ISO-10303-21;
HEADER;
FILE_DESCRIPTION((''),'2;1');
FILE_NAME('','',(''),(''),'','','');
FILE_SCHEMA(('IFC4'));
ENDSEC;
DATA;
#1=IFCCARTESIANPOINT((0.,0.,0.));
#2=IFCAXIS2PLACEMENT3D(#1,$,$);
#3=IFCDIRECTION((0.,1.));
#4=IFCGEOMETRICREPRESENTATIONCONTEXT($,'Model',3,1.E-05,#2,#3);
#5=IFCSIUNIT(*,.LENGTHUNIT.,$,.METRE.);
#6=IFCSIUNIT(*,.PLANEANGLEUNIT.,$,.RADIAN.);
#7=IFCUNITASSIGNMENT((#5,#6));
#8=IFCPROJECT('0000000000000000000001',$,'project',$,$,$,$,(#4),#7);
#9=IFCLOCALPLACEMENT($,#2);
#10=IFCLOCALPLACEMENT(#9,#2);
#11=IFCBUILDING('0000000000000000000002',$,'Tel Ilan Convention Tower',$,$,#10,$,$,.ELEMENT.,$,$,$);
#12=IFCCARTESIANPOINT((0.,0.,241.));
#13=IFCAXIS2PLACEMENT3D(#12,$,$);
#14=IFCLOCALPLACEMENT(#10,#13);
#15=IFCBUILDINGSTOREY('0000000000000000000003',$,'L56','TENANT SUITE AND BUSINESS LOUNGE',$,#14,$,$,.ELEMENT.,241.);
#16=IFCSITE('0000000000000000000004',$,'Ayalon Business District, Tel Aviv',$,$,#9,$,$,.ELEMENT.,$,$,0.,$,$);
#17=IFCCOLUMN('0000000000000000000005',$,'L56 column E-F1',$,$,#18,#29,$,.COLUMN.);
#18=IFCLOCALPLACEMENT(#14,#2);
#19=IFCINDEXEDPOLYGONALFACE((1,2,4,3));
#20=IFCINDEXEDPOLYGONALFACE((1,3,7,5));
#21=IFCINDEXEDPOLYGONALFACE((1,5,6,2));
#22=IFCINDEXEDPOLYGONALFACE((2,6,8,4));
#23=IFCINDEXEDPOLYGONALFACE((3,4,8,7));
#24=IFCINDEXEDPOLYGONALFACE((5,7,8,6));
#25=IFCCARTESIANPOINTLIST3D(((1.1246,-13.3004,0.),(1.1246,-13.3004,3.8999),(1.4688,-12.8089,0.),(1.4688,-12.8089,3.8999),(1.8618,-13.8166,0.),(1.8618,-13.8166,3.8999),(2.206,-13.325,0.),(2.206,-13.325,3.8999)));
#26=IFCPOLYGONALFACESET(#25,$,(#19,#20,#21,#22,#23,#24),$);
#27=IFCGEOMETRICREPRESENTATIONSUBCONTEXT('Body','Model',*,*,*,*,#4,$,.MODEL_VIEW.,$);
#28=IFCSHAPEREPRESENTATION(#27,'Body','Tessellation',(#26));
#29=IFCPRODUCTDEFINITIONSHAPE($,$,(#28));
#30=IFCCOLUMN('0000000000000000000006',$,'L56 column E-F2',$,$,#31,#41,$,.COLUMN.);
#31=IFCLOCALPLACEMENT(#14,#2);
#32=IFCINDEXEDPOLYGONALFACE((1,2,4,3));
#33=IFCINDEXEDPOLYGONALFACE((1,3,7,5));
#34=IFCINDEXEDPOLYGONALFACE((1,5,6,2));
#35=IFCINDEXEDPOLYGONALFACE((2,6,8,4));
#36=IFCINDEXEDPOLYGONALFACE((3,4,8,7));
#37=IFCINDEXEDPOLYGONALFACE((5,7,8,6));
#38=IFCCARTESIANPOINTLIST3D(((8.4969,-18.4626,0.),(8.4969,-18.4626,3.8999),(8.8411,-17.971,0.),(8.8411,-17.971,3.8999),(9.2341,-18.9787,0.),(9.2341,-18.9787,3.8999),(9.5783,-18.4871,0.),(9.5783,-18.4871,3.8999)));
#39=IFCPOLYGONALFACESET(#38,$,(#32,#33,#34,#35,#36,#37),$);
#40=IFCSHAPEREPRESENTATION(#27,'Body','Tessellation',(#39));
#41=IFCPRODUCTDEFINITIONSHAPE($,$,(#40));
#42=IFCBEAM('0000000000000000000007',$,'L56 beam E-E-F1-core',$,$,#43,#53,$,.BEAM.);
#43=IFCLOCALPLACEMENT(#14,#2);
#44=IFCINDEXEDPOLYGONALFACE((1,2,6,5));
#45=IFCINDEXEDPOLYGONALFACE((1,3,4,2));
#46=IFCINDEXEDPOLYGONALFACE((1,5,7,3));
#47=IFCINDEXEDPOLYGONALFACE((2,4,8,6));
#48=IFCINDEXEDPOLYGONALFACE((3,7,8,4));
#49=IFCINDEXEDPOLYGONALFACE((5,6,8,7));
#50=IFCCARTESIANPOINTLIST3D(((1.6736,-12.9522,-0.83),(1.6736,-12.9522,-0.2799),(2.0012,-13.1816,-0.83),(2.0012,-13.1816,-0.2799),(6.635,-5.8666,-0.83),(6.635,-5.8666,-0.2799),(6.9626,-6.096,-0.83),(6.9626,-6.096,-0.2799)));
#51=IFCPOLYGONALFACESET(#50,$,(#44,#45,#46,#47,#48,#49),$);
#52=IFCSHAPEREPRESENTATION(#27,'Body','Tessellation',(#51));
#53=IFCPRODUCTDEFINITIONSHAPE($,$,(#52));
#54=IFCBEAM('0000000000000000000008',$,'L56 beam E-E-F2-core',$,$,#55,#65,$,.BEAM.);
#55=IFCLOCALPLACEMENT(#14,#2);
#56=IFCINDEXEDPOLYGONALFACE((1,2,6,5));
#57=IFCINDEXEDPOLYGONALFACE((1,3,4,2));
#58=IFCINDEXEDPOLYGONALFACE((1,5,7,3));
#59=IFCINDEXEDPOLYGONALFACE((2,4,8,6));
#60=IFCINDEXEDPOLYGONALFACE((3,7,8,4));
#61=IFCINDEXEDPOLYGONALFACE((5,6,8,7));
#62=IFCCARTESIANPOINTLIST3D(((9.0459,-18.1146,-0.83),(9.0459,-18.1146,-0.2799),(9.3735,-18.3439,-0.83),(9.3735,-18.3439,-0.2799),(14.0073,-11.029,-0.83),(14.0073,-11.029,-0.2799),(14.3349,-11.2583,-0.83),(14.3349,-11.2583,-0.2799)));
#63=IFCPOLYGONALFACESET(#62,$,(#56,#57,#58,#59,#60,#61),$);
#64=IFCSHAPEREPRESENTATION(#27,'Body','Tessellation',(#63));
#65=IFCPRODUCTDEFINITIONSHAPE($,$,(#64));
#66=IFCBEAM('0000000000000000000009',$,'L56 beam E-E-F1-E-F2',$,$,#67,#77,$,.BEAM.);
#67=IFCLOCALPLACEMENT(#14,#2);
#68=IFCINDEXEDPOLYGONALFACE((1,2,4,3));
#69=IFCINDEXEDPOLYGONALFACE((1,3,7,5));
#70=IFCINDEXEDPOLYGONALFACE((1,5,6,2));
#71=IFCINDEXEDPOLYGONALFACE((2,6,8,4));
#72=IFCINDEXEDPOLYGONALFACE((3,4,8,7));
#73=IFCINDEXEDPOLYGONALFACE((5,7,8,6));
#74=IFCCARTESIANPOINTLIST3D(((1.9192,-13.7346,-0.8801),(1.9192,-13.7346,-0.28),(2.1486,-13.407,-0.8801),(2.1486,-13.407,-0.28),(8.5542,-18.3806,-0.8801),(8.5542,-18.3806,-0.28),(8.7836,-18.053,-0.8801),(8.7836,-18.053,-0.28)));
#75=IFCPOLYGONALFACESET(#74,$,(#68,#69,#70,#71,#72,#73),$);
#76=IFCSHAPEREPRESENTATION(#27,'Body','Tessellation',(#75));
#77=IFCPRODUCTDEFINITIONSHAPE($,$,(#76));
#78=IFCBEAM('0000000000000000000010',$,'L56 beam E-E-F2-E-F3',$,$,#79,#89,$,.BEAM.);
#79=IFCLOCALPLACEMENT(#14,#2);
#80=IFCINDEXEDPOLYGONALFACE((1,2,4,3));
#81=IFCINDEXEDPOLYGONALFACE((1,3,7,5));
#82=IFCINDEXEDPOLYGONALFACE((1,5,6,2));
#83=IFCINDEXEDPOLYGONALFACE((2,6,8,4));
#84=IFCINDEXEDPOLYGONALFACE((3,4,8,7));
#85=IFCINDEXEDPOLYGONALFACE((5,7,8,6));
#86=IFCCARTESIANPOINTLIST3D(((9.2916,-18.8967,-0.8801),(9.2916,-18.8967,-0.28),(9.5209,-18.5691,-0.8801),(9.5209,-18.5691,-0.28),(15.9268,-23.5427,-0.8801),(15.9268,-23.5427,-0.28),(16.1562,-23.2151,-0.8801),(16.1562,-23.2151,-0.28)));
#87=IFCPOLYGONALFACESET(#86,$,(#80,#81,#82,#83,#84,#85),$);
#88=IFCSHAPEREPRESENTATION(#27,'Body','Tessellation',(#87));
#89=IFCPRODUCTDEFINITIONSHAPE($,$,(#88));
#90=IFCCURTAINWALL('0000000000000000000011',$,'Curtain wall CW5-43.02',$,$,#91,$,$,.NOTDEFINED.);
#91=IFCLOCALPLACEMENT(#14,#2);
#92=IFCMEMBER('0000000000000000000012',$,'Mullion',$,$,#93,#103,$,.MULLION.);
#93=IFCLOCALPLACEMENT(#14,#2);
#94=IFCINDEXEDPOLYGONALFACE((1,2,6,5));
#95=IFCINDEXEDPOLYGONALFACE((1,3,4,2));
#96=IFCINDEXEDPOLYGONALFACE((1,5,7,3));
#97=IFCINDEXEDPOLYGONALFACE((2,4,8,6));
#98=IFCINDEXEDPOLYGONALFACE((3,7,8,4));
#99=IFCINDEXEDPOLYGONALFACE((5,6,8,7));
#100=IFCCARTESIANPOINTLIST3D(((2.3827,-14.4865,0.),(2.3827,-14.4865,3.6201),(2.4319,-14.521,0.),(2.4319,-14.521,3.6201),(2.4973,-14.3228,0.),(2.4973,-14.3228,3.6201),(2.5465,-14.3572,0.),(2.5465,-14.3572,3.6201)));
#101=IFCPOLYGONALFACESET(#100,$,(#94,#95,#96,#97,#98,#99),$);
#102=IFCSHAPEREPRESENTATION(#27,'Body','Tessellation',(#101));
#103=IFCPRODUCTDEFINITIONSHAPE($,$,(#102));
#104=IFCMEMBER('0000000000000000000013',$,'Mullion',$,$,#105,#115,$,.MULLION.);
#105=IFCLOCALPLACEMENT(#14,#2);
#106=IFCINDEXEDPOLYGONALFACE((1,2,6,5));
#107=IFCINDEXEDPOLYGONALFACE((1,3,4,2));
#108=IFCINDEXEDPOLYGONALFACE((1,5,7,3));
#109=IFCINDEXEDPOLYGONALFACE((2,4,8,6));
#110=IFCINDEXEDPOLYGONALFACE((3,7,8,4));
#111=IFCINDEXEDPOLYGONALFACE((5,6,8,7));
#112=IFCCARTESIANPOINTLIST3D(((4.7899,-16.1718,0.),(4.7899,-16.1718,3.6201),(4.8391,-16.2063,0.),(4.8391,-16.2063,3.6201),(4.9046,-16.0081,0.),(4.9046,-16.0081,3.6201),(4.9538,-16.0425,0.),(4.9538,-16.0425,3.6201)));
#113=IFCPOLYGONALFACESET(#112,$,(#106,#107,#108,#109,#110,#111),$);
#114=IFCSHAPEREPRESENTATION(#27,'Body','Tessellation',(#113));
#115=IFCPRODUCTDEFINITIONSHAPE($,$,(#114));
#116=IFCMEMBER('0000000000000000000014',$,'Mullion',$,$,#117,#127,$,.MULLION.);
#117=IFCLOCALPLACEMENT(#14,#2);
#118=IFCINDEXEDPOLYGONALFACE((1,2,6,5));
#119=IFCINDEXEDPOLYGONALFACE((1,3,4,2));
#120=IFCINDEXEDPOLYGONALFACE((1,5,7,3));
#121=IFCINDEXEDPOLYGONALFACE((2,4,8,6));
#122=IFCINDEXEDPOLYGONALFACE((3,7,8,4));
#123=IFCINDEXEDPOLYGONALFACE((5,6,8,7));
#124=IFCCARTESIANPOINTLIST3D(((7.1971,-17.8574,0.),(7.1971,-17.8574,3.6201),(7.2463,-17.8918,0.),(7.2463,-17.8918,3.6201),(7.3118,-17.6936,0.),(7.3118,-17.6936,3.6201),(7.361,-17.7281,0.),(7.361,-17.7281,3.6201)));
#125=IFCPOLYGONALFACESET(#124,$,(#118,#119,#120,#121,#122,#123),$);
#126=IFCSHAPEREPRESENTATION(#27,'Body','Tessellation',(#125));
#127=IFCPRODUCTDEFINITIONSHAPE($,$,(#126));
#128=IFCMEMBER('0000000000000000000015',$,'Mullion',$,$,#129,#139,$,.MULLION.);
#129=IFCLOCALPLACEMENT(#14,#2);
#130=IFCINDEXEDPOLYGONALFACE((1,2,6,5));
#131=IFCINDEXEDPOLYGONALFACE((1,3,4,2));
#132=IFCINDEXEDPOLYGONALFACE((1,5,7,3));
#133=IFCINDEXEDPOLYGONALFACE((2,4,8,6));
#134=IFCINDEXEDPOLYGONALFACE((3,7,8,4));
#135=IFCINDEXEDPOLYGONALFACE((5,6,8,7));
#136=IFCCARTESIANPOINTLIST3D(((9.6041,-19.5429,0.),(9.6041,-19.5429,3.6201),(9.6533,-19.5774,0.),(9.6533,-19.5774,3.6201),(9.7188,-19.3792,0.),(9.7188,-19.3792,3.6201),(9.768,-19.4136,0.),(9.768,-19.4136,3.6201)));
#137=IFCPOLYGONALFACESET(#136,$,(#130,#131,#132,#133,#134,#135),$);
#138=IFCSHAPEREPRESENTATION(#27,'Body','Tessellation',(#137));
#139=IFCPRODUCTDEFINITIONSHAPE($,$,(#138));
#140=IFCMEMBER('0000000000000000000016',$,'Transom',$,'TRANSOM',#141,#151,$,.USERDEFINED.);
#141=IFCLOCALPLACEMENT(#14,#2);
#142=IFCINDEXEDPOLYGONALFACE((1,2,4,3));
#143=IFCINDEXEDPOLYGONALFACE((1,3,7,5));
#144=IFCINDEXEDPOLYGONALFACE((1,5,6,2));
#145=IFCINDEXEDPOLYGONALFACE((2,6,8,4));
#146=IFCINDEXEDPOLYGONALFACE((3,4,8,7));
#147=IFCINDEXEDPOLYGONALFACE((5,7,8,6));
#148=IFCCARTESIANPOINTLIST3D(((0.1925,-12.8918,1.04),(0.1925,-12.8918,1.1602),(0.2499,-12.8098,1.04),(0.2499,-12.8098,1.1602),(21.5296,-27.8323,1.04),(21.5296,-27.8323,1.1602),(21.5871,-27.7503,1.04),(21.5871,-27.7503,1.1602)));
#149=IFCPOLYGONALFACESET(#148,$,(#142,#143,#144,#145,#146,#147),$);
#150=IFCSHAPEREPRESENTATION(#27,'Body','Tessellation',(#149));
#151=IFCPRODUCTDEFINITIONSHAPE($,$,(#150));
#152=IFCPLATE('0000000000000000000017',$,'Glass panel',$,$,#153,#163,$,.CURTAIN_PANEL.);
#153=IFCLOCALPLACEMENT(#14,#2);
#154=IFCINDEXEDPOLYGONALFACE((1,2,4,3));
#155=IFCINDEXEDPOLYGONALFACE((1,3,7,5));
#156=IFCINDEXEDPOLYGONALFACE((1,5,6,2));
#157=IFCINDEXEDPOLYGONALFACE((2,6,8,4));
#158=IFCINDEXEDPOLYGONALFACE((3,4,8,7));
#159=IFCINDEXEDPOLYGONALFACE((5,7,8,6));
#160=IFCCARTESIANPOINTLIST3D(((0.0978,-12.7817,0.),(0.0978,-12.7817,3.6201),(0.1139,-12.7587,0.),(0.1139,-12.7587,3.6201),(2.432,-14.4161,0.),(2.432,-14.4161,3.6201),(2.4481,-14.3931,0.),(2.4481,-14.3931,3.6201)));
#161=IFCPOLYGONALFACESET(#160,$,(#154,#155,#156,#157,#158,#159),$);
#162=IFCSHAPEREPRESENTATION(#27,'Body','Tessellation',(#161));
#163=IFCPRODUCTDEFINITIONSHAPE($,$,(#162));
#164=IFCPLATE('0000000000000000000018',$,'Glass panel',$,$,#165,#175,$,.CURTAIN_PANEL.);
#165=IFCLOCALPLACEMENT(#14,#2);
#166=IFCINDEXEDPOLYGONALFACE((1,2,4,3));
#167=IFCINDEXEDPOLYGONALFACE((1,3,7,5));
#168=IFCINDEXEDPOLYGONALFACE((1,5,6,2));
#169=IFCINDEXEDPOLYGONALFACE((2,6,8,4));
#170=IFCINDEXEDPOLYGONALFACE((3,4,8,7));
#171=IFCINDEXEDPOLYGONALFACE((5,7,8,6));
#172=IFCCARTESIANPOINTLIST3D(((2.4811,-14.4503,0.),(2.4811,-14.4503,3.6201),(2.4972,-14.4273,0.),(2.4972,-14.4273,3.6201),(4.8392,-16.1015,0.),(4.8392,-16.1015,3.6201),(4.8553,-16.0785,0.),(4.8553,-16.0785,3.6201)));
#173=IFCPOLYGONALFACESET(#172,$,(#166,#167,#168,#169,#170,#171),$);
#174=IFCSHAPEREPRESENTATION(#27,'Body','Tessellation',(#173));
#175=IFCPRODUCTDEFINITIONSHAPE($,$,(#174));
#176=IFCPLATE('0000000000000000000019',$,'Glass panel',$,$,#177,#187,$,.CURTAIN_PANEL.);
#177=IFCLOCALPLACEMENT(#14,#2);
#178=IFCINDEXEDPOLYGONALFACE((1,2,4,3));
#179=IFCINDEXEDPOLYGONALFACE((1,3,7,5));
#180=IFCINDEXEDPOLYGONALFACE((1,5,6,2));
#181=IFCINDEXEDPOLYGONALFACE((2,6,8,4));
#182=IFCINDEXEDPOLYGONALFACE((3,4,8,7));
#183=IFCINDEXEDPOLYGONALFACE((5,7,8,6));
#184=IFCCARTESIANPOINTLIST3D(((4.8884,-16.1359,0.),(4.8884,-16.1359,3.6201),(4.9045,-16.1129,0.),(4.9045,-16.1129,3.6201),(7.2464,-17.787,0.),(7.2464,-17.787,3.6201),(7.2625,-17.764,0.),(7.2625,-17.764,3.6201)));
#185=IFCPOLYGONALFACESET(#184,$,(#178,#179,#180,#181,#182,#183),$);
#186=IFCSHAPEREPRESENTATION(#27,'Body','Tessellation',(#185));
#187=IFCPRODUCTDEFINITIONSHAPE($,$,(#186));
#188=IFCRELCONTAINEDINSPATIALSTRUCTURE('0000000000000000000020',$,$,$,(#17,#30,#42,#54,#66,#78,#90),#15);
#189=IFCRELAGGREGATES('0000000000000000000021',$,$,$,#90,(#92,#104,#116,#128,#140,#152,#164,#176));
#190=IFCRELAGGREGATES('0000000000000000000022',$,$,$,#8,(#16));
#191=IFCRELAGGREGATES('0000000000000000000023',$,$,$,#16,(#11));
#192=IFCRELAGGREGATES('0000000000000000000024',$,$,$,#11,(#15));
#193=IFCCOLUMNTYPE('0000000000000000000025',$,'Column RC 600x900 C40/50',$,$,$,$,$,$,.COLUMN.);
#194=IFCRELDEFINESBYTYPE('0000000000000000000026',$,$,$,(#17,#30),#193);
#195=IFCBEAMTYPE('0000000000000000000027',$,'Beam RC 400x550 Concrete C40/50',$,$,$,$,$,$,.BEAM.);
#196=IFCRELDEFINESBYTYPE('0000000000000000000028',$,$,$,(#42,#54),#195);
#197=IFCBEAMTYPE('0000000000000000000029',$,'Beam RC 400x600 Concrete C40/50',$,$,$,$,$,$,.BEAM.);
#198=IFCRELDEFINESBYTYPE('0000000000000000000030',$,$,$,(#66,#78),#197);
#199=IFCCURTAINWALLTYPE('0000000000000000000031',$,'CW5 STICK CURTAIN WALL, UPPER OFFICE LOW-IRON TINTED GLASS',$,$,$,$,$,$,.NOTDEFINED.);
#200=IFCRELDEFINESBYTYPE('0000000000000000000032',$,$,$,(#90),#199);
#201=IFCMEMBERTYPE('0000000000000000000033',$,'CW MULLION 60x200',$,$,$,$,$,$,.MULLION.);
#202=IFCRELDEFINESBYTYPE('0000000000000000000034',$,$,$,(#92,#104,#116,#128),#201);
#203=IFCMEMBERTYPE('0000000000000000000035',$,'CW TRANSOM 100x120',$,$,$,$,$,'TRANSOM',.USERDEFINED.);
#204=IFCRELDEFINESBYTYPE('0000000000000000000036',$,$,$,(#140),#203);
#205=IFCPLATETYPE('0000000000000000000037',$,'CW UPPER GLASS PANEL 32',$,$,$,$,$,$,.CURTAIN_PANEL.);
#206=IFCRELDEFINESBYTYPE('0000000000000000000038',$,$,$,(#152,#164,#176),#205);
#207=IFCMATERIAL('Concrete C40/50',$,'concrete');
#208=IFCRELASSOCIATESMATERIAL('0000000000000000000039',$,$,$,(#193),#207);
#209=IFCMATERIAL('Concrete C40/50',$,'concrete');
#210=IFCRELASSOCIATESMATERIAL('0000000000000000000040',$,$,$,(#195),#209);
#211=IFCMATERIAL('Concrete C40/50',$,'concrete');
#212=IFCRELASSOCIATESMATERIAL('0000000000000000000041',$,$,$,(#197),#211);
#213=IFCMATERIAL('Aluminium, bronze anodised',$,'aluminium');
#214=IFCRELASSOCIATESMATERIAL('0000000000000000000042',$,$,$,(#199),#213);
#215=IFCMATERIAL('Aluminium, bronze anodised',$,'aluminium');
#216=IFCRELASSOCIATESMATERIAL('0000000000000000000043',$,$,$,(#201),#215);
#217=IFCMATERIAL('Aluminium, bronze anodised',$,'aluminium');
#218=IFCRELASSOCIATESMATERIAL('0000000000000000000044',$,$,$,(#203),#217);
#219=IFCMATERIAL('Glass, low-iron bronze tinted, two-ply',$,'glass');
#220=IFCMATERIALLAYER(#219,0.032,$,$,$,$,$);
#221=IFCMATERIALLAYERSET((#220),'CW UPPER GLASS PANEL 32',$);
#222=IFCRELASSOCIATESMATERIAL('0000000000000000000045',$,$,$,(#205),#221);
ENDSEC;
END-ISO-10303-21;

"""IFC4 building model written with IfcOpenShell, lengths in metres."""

from ifc_helpers import new_model, si_unit, direction, frame, origin, origin_2d, place, context, subcontext, project, spatial, rectangle, extrude, material, layer, layer_set, material_profile, profile_set, type_object, element, aggregate, save


model = new_model("IFC4")

# Units and contexts
model_context = context("Model", 3, precision=1e-05, world=origin(), true_north=direction((0.0, 1.0)))
body_context = subcontext(model_context, "Body", "Model", "MODEL_VIEW")
ifc_project = project(units=[si_unit("LENGTHUNIT", "METRE"), si_unit("PLANEANGLEUNIT", "RADIAN")], contexts=[model_context])

# Site, building, storey
site_placement = place(None, origin())
site = spatial("IfcSite", under=ifc_project, at=site_placement, Name="Ayalon Business District, Tel Aviv", CompositionType="ELEMENT", RefElevation=0.0)
building_placement = place(site_placement, origin())
building = spatial("IfcBuilding", under=site, at=building_placement, Name="Tel Ilan Convention Tower", CompositionType="ELEMENT")
storey_placement = place(building_placement, frame((0.0, 0.0, 241.0)))
storey = spatial("IfcBuildingStorey", under=building, at=storey_placement, Name="L56", Description="TENANT SUITE AND BUSINESS LOUNGE", CompositionType="ELEMENT", Elevation=241.0)

# Columns
ifc_material_1 = material(Name="Concrete C40/50", Category="concrete")
ifc_material_profile_1 = material_profile(ifc_material_1, rectangle(XDim=0.8999, YDim=0.6001, at=origin_2d()), Name="RC 600x900")
ifc_profile_set_1 = profile_set([ifc_material_profile_1], Name="Concrete C40/50")
column_type = type_object("IfcColumnType", Name="Column RC 600x900 C40/50", PredefinedType="COLUMN", material=ifc_profile_set_1)
for number, where, z_axis, x_axis, name in (
    (1, (1.6653, -13.3127, 0.0), (0.0, 0.0, 1.0), (0.819152, -0.573576, 0.0), "L56 column E-F1"),
    (2, (9.0376, -18.4749, 0.0), (0.0, 0.0, 1.0), (0.819152, -0.573576, 0.0), "L56 column E-F2"),
):
    element("IfcColumn", number, at=place(storey_placement, frame(where, z_axis=z_axis, x_axis=x_axis)), inside=storey, type_object=column_type, Name=name, PredefinedType="COLUMN", context=body_context, shape_type="SweptSolid", body=[
        extrude(rectangle(XDim=0.8999, YDim=0.6001, at=origin_2d()), origin(), (0.0, 0.0, 1.0), 3.8999),
    ])

# Beams
ifc_material_2 = material(Name="Concrete C40/50", Category="concrete")
ifc_material_profile_2 = material_profile(ifc_material_2, rectangle(XDim=0.3999, YDim=0.55, at=origin_2d()), Name="RC 400x550")
ifc_profile_set_2 = profile_set([ifc_material_profile_2], Name="Concrete C40/50")
beam_type_1 = type_object("IfcBeamType", Name="Beam RC 400x550 Concrete C40/50", PredefinedType="BEAM", material=ifc_profile_set_2)
for number, where, z_axis, x_axis, name in (
    (3, (1.8374, -13.0669, -0.5549), (0.573574, 0.819154, 0.0), (-0.819154, 0.573574, 0.0), "L56 beam E-E-F1-core"),
    (4, (9.2097, -18.2292, -0.5549), (0.573574, 0.819154, 0.0), (-0.819154, 0.573574, 0.0), "L56 beam E-E-F2-core"),
):
    element("IfcBeam", number, at=place(storey_placement, frame(where, z_axis=z_axis, x_axis=x_axis)), inside=storey, type_object=beam_type_1, Name=name, PredefinedType="BEAM", context=body_context, shape_type="SweptSolid", body=[
        extrude(rectangle(XDim=0.3999, YDim=0.55, at=origin_2d()), origin(), (0.0, 0.0, 1.0), 8.6499),
    ])
ifc_material_3 = material(Name="Concrete C40/50", Category="concrete")
ifc_material_profile_3 = material_profile(ifc_material_3, rectangle(XDim=0.3999, YDim=0.6001, at=origin_2d()), Name="RC 400x600")
ifc_profile_set_3 = profile_set([ifc_material_profile_3], Name="Concrete C40/50")
beam_type_2 = type_object("IfcBeamType", Name="Beam RC 400x600 Concrete C40/50", PredefinedType="BEAM", material=ifc_profile_set_3)
beam_1_placement = place(storey_placement, frame((2.0339, -13.5708, -0.5801), z_axis=(0.819146, -0.573586, 0.0), x_axis=(0.573586, 0.819146, 0.0)))
element("IfcBeam", 5, at=beam_1_placement, inside=storey, type_object=beam_type_2, Name="L56 beam E-E-F1-E-F2", PredefinedType="BEAM", context=body_context, shape_type="SweptSolid", body=[
    extrude(rectangle(XDim=0.3999, YDim=0.6001, at=origin_2d()), origin(), (0.0, 0.0, 1.0), 8.0999),
])
beam_2_placement = place(storey_placement, frame((9.4062, -18.7329, -0.5801), z_axis=(0.819155, -0.573572, 0.0), x_axis=(0.573572, 0.819155, 0.0)))
element("IfcBeam", 6, at=beam_2_placement, inside=storey, type_object=beam_type_2, Name="L56 beam E-E-F2-E-F3", PredefinedType="BEAM", context=body_context, shape_type="SweptSolid", body=[
    extrude(rectangle(XDim=0.3999, YDim=0.6001, at=origin_2d()), origin(), (0.0, 0.0, 1.0), 8.1001),
])

# Curtain wall, members, plates
ifc_material_4 = material(Name="Aluminium, bronze anodised", Category="aluminium")
curtain_wall_type = type_object("IfcCurtainWallType", Name="CW5 STICK CURTAIN WALL, UPPER OFFICE LOW-IRON TINTED GLASS", PredefinedType="NOTDEFINED", material=ifc_material_4)
curtain_wall_placement = place(storey_placement, origin())
curtain_wall = element("IfcCurtainWall", 7, at=curtain_wall_placement, inside=storey, type_object=curtain_wall_type, Name="Curtain wall CW5-43.02", PredefinedType="NOTDEFINED")
ifc_material_5 = material(Name="Aluminium, bronze anodised", Category="aluminium")
ifc_material_profile_4 = material_profile(ifc_material_5, rectangle(XDim=0.0601, YDim=0.2, at=origin_2d()), Name="CW MULLION 60x200")
ifc_profile_set_4 = profile_set([ifc_material_profile_4], Name="Aluminium, bronze anodised")
member_type_1 = type_object("IfcMemberType", Name="CW MULLION 60x200", PredefinedType="MULLION", material=ifc_profile_set_4)
member_1_placement = place(storey_placement, frame((2.4646, -14.4219, 0.0), z_axis=(0.0, 0.0, 1.0), x_axis=(0.819152, -0.573576, 0.0)))
member_1 = element("IfcMember", 8, at=member_1_placement, type_object=member_type_1, Name="Mullion", PredefinedType="MULLION", context=body_context, shape_type="SweptSolid", body=[
    extrude(rectangle(XDim=0.0601, YDim=0.2, at=origin_2d()), origin(), (0.0, 0.0, 1.0), 3.6201),
])
member_2_placement = place(storey_placement, frame((4.8718, -16.1072, 0.0), z_axis=(0.0, 0.0, 1.0), x_axis=(0.819152, -0.573576, 0.0)))
member_2 = element("IfcMember", 9, at=member_2_placement, type_object=member_type_1, Name="Mullion", PredefinedType="MULLION", context=body_context, shape_type="SweptSolid", body=[
    extrude(rectangle(XDim=0.0601, YDim=0.2, at=origin_2d()), origin(), (0.0, 0.0, 1.0), 3.6201),
])
member_3_placement = place(storey_placement, frame((7.2791, -17.7927, 0.0), z_axis=(0.0, 0.0, 1.0), x_axis=(0.819152, -0.573576, 0.0)))
member_3 = element("IfcMember", 10, at=member_3_placement, type_object=member_type_1, Name="Mullion", PredefinedType="MULLION", context=body_context, shape_type="SweptSolid", body=[
    extrude(rectangle(XDim=0.0601, YDim=0.2, at=origin_2d()), origin(), (0.0, 0.0, 1.0), 3.6201),
])
member_4_placement = place(storey_placement, frame((9.686, -19.4783, 0.0), z_axis=(0.0, 0.0, 1.0), x_axis=(0.819152, -0.573576, 0.0)))
member_4 = element("IfcMember", 11, at=member_4_placement, type_object=member_type_1, Name="Mullion", PredefinedType="MULLION", context=body_context, shape_type="SweptSolid", body=[
    extrude(rectangle(XDim=0.0601, YDim=0.2, at=origin_2d()), origin(), (0.0, 0.0, 1.0), 3.6201),
])
ifc_material_6 = material(Name="Aluminium, bronze anodised", Category="aluminium")
ifc_material_profile_5 = material_profile(ifc_material_6, rectangle(XDim=0.1001, YDim=0.1201, at=origin_2d()), Name="CW TRANSOM 100x120")
ifc_profile_set_5 = profile_set([ifc_material_profile_5], Name="Aluminium, bronze anodised")
member_type_2 = type_object("IfcMemberType", Name="CW TRANSOM 100x120", ElementType="TRANSOM", PredefinedType="USERDEFINED", material=ifc_profile_set_5)
member_5_placement = place(storey_placement, frame((0.2212, -12.8508, 1.1001), z_axis=(0.819152, -0.573576, 0.0), x_axis=(0.573576, 0.819152, 0.0)))
member_5 = element("IfcMember", 12, at=member_5_placement, type_object=member_type_2, Name="Transom", ObjectType="TRANSOM", PredefinedType="USERDEFINED", context=body_context, shape_type="SweptSolid", body=[
    extrude(rectangle(XDim=0.1001, YDim=0.1201, at=origin_2d()), origin(), (0.0, 0.0, 1.0), 26.0479),
])
ifc_material_7 = material(Name="Glass, low-iron bronze tinted, two-ply", Category="glass")
ifc_layer_1 = layer(ifc_material_7, 0.032)
ifc_layer_set_1 = layer_set([ifc_layer_1], Name="CW UPPER GLASS PANEL 32")
plate_type = type_object("IfcPlateType", Name="CW UPPER GLASS PANEL 32", PredefinedType="CURTAIN_PANEL", material=ifc_layer_set_1)
plate_1_placement = place(storey_placement, frame((1.2729, -13.5874, 0.0), z_axis=(0.0, 0.0, 1.0), x_axis=(0.819152, -0.573576, 0.0)))
plate_1 = element("IfcPlate", 13, at=plate_1_placement, type_object=plate_type, Name="Glass panel", PredefinedType="CURTAIN_PANEL", context=body_context, shape_type="SweptSolid", body=[
    extrude(rectangle(XDim=2.8496, YDim=0.0281, at=origin_2d()), origin(), (0.0, 0.0, 1.0), 3.6201),
])
plate_2_placement = place(storey_placement, frame((3.6682, -15.2644, 0.0), z_axis=(0.0, 0.0, 1.0), x_axis=(0.819152, -0.573576, 0.0)))
plate_2 = element("IfcPlate", 14, at=plate_2_placement, type_object=plate_type, Name="Glass panel", PredefinedType="CURTAIN_PANEL", context=body_context, shape_type="SweptSolid", body=[
    extrude(rectangle(XDim=2.8787, YDim=0.0281, at=origin_2d()), origin(), (0.0, 0.0, 1.0), 3.6201),
])
plate_3_placement = place(storey_placement, frame((6.0754, -16.95, 0.0), z_axis=(0.0, 0.0, 1.0), x_axis=(0.819152, -0.573576, 0.0)))
plate_3 = element("IfcPlate", 15, at=plate_3_placement, type_object=plate_type, Name="Glass panel", PredefinedType="CURTAIN_PANEL", context=body_context, shape_type="SweptSolid", body=[
    extrude(rectangle(XDim=2.8787, YDim=0.0281, at=origin_2d()), origin(), (0.0, 0.0, 1.0), 3.6201),
])
aggregate(curtain_wall, [member_1, member_2, member_3, member_4, member_5, plate_1, plate_2, plate_3])

save(model, "model.ifc")
